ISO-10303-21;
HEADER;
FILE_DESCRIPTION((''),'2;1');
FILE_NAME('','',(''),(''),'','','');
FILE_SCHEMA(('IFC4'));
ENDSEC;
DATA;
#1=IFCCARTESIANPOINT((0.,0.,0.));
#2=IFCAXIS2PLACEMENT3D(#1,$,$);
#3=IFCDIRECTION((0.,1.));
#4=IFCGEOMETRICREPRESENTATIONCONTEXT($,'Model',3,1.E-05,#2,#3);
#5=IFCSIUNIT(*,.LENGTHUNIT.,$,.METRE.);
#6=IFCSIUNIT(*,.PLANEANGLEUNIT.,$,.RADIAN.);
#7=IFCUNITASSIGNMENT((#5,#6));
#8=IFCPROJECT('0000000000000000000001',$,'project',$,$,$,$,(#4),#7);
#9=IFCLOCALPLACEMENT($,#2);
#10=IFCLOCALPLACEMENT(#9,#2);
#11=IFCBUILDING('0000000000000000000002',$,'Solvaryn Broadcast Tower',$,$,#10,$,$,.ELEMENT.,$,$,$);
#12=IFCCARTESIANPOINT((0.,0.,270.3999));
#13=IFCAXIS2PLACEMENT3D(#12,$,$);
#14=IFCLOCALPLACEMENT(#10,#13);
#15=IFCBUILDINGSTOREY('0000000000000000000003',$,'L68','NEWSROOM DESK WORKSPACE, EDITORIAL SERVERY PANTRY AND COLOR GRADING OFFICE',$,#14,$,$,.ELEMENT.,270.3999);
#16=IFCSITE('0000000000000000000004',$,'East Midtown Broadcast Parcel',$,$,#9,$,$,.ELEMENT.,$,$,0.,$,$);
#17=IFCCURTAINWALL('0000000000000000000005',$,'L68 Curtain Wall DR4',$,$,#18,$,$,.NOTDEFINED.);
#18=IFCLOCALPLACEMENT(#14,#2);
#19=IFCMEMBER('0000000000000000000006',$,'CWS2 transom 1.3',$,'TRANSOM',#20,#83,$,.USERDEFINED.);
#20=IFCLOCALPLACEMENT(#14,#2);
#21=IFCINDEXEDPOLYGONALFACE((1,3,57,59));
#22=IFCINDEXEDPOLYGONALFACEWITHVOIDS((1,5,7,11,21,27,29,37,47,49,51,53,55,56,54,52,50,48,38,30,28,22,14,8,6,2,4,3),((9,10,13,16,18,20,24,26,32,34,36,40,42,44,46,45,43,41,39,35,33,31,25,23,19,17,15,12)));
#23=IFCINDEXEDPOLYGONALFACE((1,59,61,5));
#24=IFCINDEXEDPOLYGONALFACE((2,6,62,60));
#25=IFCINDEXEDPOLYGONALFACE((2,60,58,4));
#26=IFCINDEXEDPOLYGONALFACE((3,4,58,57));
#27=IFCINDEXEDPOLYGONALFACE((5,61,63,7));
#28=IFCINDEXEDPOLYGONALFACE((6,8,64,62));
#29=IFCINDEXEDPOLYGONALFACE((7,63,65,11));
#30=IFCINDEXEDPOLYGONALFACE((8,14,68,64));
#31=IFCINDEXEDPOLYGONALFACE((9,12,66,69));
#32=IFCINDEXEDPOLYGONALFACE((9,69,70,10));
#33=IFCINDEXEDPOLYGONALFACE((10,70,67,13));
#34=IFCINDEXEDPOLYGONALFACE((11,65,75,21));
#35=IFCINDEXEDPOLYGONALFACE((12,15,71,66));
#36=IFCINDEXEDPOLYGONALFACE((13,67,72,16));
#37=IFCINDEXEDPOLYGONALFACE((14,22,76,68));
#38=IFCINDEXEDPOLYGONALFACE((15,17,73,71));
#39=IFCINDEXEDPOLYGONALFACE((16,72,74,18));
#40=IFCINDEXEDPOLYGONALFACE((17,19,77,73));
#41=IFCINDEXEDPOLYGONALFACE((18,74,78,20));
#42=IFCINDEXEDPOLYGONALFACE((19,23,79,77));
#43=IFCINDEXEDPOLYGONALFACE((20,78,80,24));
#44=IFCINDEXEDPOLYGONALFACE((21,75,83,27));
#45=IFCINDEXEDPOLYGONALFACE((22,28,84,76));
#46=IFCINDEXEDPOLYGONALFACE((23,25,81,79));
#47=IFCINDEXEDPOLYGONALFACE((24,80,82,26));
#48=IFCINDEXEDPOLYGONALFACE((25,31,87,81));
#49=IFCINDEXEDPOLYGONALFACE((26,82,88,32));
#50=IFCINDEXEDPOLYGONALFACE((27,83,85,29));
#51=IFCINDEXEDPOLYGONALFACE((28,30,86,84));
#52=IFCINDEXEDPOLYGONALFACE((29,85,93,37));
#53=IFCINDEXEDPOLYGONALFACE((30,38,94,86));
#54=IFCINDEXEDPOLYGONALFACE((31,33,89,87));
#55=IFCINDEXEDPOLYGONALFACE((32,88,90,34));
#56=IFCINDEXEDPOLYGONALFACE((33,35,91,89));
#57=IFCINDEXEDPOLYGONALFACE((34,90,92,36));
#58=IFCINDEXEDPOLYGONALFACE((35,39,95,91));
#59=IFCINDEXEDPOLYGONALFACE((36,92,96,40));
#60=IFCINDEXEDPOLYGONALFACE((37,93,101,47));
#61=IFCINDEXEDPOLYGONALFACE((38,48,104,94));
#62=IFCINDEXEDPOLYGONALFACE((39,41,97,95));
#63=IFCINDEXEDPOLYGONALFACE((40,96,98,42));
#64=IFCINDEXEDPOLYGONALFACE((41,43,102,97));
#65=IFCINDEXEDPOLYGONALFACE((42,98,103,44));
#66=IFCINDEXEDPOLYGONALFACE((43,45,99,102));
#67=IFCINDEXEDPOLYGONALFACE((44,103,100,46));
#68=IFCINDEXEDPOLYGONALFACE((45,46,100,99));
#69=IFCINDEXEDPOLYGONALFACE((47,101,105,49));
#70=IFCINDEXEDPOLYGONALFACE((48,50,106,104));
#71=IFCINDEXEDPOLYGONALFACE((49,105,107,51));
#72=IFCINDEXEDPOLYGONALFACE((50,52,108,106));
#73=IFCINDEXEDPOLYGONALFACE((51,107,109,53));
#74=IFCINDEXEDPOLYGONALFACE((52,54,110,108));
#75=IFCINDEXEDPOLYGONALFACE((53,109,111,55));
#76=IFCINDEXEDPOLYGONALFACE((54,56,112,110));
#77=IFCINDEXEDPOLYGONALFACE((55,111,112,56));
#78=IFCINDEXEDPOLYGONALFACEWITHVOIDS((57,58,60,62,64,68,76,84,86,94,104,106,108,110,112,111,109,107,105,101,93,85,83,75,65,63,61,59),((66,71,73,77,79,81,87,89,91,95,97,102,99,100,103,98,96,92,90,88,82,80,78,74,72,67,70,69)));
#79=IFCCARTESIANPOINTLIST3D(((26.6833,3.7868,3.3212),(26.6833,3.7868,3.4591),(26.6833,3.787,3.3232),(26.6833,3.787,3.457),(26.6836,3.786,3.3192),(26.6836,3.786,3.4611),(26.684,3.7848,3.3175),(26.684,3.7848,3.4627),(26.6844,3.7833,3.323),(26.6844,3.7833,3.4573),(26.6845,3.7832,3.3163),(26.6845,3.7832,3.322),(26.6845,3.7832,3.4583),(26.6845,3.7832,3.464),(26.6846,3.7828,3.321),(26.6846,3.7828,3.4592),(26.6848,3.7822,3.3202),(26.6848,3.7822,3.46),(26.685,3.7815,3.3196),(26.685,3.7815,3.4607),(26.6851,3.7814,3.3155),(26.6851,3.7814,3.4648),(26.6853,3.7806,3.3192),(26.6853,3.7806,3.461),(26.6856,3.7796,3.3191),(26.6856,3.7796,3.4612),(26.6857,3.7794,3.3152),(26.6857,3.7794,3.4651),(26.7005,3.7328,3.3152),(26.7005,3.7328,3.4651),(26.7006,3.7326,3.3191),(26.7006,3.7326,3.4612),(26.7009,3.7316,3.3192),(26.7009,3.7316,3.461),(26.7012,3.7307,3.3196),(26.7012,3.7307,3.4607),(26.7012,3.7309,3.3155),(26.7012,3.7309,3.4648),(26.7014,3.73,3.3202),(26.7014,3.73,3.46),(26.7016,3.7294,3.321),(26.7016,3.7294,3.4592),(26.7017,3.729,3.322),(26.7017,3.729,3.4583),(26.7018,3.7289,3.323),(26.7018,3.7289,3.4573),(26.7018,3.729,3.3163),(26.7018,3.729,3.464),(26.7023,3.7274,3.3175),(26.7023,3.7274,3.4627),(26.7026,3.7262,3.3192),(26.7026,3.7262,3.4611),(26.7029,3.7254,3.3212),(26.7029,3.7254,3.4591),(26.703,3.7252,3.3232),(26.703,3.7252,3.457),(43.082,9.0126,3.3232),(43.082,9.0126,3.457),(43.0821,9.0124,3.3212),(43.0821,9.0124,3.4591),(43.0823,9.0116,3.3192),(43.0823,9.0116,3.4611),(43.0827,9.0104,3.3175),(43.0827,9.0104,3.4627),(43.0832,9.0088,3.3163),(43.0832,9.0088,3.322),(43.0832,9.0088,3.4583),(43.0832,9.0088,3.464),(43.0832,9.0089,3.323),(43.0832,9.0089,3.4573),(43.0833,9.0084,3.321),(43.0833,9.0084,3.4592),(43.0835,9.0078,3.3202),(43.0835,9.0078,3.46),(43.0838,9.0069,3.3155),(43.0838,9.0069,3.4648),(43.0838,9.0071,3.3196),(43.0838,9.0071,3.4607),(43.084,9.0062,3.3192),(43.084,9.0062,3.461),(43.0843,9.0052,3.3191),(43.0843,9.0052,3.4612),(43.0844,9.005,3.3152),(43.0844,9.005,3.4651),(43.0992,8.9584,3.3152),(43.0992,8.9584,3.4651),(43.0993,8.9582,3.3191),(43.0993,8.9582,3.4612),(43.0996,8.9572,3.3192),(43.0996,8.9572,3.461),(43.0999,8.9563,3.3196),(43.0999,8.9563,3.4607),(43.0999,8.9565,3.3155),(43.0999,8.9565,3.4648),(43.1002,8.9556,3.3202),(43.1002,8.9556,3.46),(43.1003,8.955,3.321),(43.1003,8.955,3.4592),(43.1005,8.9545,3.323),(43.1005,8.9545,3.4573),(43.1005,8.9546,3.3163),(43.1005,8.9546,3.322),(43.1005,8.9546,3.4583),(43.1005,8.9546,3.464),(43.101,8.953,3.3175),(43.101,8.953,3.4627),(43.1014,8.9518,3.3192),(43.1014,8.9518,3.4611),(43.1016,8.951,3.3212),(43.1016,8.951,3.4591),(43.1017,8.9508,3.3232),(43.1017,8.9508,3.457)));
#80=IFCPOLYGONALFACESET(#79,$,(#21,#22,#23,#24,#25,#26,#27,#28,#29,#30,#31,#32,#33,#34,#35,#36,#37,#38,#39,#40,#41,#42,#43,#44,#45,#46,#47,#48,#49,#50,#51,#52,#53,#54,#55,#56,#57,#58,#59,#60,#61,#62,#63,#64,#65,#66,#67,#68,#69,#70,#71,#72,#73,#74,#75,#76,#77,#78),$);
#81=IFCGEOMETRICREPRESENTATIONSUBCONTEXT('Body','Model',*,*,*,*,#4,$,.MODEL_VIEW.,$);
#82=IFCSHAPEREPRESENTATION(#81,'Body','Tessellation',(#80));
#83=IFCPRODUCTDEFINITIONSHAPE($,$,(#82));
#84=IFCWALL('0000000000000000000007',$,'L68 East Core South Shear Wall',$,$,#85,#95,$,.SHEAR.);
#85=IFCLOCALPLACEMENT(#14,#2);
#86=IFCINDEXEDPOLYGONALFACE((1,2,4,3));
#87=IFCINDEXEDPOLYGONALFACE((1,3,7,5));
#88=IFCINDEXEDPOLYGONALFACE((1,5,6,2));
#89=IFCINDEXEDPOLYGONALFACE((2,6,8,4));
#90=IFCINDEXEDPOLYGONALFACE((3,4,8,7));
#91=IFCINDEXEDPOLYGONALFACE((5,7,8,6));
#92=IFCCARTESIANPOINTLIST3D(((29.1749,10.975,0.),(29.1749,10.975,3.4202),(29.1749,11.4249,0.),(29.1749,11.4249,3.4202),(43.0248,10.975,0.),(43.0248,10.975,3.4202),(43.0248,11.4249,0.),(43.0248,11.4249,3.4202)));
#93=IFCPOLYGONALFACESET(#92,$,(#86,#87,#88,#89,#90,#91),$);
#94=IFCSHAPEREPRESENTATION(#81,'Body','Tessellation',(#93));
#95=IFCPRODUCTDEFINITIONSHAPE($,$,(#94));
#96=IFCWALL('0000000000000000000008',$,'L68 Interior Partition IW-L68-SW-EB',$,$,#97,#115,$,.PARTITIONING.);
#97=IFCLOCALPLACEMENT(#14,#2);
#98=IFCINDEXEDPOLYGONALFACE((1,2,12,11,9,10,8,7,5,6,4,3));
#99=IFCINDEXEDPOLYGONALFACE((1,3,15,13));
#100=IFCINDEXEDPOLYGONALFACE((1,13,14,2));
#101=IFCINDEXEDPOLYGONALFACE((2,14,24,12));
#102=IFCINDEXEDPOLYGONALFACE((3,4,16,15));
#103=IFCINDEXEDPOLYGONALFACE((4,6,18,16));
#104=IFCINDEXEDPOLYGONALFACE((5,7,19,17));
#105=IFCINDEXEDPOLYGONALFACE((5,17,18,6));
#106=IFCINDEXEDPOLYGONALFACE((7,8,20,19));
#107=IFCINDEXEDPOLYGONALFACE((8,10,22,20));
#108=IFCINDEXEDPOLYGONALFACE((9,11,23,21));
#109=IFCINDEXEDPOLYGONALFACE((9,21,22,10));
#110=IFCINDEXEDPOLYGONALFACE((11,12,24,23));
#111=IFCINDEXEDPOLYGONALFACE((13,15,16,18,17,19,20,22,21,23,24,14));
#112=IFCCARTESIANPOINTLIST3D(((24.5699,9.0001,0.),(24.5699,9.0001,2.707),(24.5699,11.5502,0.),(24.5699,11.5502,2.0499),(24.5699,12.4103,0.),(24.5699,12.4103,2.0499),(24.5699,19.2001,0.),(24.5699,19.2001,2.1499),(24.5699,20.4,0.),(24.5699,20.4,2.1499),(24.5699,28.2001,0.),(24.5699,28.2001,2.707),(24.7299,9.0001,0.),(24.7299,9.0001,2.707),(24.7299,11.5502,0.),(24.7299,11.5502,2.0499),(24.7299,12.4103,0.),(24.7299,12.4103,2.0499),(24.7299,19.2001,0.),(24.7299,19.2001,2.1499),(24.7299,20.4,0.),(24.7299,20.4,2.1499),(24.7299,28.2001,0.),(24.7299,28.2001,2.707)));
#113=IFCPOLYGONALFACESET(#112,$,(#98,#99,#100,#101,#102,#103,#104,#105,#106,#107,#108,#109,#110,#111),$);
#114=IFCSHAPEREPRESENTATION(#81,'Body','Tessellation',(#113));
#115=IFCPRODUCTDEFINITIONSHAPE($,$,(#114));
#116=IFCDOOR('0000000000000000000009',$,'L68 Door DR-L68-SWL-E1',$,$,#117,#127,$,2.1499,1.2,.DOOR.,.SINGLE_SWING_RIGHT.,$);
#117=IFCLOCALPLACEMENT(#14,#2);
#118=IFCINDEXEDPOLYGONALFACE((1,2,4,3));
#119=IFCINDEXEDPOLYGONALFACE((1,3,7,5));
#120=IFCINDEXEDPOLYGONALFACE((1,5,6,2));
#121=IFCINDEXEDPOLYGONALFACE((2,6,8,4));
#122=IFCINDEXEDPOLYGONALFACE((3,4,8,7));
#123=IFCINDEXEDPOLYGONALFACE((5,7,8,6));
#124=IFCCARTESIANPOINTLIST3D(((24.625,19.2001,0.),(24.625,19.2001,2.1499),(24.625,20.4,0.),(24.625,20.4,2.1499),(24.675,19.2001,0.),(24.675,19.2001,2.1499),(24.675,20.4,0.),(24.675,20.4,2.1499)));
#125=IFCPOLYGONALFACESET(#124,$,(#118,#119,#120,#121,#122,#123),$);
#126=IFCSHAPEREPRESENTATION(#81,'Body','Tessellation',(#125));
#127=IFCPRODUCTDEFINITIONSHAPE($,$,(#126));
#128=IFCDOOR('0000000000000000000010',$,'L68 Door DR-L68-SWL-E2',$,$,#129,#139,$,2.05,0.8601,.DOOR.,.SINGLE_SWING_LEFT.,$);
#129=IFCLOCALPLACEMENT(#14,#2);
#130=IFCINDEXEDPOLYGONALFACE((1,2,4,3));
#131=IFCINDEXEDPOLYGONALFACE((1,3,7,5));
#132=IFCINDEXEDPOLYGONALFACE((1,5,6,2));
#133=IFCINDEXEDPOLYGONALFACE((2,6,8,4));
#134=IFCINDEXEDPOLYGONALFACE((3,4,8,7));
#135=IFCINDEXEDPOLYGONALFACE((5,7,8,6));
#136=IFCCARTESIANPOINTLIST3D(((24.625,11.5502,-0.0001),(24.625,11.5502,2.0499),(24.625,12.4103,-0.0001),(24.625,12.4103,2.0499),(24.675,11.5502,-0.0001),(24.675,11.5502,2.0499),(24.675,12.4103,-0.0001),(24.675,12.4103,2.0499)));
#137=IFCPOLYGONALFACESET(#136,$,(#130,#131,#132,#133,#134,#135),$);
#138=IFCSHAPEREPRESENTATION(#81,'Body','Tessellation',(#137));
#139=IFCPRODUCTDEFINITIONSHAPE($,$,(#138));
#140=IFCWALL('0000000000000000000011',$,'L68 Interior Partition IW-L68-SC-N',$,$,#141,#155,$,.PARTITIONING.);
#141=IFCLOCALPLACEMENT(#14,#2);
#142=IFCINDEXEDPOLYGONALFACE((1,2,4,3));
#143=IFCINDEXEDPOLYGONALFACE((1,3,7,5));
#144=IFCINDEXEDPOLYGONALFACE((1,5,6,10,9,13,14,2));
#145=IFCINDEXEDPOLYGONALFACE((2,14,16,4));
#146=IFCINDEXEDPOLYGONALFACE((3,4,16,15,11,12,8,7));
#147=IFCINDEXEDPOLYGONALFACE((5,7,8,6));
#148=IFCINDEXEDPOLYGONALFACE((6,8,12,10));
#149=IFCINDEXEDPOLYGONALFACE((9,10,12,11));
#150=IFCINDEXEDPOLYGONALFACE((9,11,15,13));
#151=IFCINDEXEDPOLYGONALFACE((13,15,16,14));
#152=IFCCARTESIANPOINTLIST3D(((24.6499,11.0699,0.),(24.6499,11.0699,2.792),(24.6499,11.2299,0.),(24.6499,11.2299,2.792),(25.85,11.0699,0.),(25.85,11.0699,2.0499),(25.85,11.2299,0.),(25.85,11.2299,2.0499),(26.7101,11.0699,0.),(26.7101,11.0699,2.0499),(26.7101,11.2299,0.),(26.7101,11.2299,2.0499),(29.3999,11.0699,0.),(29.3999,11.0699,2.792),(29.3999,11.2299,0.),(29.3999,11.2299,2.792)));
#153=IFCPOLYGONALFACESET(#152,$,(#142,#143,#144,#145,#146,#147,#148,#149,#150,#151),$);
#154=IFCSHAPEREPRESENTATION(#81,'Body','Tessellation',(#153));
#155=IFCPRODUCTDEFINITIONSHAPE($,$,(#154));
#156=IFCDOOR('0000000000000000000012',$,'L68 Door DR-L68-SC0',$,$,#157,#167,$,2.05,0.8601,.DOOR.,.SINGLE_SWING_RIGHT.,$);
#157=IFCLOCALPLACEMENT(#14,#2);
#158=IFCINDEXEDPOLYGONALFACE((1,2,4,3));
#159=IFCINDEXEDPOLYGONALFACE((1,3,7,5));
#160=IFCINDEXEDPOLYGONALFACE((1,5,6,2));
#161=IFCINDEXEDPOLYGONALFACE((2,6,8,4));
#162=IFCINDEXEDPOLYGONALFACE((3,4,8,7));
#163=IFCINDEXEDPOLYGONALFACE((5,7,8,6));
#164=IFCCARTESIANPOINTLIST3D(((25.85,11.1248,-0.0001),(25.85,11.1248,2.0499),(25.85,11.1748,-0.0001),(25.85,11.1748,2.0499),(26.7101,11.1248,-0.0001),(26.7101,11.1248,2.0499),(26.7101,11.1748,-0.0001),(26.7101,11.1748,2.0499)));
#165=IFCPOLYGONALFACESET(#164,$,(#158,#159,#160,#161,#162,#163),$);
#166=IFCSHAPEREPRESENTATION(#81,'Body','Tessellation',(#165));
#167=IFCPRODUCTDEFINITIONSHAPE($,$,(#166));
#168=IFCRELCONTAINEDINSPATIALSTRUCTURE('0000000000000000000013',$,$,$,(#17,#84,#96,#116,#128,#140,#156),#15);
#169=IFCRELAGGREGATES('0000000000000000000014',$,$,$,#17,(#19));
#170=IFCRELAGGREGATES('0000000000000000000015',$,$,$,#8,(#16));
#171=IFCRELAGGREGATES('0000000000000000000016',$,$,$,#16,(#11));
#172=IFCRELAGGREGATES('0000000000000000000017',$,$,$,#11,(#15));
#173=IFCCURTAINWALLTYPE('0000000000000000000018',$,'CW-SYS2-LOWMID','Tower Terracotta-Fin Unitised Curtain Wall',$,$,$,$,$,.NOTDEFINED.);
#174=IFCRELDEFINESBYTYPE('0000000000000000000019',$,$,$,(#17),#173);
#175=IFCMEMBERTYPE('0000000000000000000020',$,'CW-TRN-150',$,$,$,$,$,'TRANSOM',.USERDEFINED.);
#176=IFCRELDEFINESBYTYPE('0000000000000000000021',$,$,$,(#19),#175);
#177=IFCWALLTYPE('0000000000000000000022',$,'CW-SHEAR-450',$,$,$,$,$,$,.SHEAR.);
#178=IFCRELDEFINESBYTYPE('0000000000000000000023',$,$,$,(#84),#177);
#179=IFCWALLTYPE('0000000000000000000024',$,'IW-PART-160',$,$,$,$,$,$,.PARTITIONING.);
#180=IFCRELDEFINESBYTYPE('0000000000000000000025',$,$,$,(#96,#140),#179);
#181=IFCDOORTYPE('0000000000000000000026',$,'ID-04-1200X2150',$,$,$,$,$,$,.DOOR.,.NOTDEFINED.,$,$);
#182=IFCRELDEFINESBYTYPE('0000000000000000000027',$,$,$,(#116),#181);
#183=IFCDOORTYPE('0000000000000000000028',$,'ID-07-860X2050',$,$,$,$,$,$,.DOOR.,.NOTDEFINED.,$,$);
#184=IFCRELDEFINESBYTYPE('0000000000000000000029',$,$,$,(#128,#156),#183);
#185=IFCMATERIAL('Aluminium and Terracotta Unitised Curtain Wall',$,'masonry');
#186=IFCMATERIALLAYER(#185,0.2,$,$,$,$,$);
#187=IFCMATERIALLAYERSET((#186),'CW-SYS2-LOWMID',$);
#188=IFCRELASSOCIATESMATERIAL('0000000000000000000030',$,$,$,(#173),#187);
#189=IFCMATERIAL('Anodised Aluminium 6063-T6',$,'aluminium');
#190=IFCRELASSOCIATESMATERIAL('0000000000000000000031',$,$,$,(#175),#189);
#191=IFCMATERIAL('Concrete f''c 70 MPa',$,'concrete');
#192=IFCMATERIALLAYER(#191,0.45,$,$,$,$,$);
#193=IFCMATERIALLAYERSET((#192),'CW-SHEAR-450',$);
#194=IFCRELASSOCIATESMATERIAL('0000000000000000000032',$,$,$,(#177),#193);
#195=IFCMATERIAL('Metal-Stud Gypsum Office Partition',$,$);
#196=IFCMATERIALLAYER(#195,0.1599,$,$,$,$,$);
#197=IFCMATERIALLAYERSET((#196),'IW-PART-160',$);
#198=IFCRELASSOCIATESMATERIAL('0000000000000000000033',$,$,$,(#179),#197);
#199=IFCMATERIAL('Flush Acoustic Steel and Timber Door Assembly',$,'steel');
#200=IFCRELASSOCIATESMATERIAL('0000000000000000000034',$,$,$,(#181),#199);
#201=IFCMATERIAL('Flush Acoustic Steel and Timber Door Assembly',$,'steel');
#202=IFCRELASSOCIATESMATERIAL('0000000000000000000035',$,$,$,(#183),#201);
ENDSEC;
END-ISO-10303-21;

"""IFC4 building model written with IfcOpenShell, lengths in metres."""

from ifc_helpers import new_model, si_unit, direction, frame, frame_2d, origin, origin_2d, place, context, subcontext, project, spatial, rectangle, hollow_rectangle, extrude, material, layer, layer_set, material_profile, profile_set, type_object, element, fill, aggregate, save


model = new_model("IFC4")

# Units and contexts
model_context = context("Model", 3, precision=1e-05, world=origin(), true_north=direction((0.0, 1.0)))
body_context = subcontext(model_context, "Body", "Model", "MODEL_VIEW")
ifc_project = project(units=[si_unit("LENGTHUNIT", "METRE"), si_unit("PLANEANGLEUNIT", "RADIAN")], contexts=[model_context])

# Site, building, storey
site_placement = place(None, origin())
site = spatial("IfcSite", under=ifc_project, at=site_placement, Name="East Midtown Broadcast Parcel", CompositionType="ELEMENT", RefElevation=0.0)
building_placement = place(site_placement, origin())
building = spatial("IfcBuilding", under=site, at=building_placement, Name="Solvaryn Broadcast Tower", CompositionType="ELEMENT")
storey_placement = place(building_placement, frame((0.0, 0.0, 270.3999)))
storey = spatial("IfcBuildingStorey", under=building, at=storey_placement, Name="L68", Description="NEWSROOM DESK WORKSPACE, EDITORIAL SERVERY PANTRY AND COLOR GRADING OFFICE", CompositionType="ELEMENT", Elevation=270.3999)

# Shared definitions
ifc_material_1 = material(Name="Aluminium and Terracotta Unitised Curtain Wall", Category="masonry")
ifc_layer_1 = layer(ifc_material_1, 0.2)
ifc_layer_set_1 = layer_set([ifc_layer_1], Name="CW-SYS2-LOWMID")
curtain_wall_type = type_object("IfcCurtainWallType", Name="CW-SYS2-LOWMID", Description="Tower Terracotta-Fin Unitised Curtain Wall", PredefinedType="NOTDEFINED", material=ifc_layer_set_1)

# Curtain wall, member
curtain_wall_1_placement = place(storey_placement, origin())
curtain_wall_1 = element("IfcCurtainWall", 1, at=curtain_wall_1_placement, inside=storey, type_object=curtain_wall_type, Name="L68 Curtain Wall DR4", PredefinedType="NOTDEFINED")
ifc_material_2 = material(Name="Anodised Aluminium 6063-T6", Category="aluminium")
ifc_material_profile_1 = material_profile(ifc_material_2, hollow_rectangle(XDim=0.0649, YDim=0.1499, WallThickness=0.0039, InnerFilletRadius=0.0039, OuterFilletRadius=0.0081, at=origin_2d()))
ifc_profile_set_1 = profile_set([ifc_material_profile_1], Name="Anodised Aluminium 6063-T6")
member_type_1 = type_object("IfcMemberType", Name="CW-TRN-150", ElementType="TRANSOM", PredefinedType="USERDEFINED", material=ifc_profile_set_1)
member_1_placement = place(storey_placement, frame((26.6931, 3.7561, 3.3901), z_axis=(0.952794, 0.303616, 0.0), x_axis=(-0.303616, 0.952794, 0.0)))
member_1 = element("IfcMember", 2, at=member_1_placement, type_object=member_type_1, Name="CWS2 transom 1.3", ObjectType="TRANSOM", PredefinedType="USERDEFINED", context=body_context, shape_type="SweptSolid", body=[
    extrude(hollow_rectangle(XDim=0.0649, YDim=0.1499, WallThickness=0.0039, InnerFilletRadius=0.0039, OuterFilletRadius=0.0081, at=origin_2d()), origin(), (0.0, 0.0, 1.0), 17.2112),
])
aggregate(curtain_wall_1, [member_1])

# Wall
ifc_material_3 = material(Name="Concrete f'c 70 MPa", Category="concrete")
ifc_layer_2 = layer(ifc_material_3, 0.45)
ifc_layer_set_2 = layer_set([ifc_layer_2], Name="CW-SHEAR-450")
wall_type_1 = type_object("IfcWallType", Name="CW-SHEAR-450", PredefinedType="SHEAR", material=ifc_layer_set_2)
wall_1_placement = place(storey_placement, frame((29.175, 11.2, 0.0), z_axis=(0.0, 0.0, 1.0), x_axis=(1.0, 0.0, 0.0)))
element("IfcWall", 3, at=wall_1_placement, inside=storey, type_object=wall_type_1, Name="L68 East Core South Shear Wall", PredefinedType="SHEAR", context=body_context, shape_type="SweptSolid", body=[
    extrude(rectangle(XDim=13.8499, YDim=0.45, at=frame_2d((6.9248, 0.0))), origin(), (0.0, 0.0, 1.0), 3.4202),
])

# Wall, openings, doors
ifc_material_4 = material(Name="Metal-Stud Gypsum Office Partition")
ifc_layer_3 = layer(ifc_material_4, 0.1599)
ifc_layer_set_3 = layer_set([ifc_layer_3], Name="IW-PART-160")
wall_type_2 = type_object("IfcWallType", Name="IW-PART-160", PredefinedType="PARTITIONING", material=ifc_layer_set_3)
wall_2_placement = place(storey_placement, frame((24.6499, 9.0, 0.0), z_axis=(0.0, 0.0, 1.0), x_axis=(0.0, 1.0, 0.0)))
wall_2 = element("IfcWall", 4, at=wall_2_placement, inside=storey, type_object=wall_type_2, Name="L68 Interior Partition IW-L68-SW-EB", PredefinedType="PARTITIONING", context=body_context, shape_type="SweptSolid", body=[
    extrude(rectangle(XDim=19.2, YDim=0.1599, at=frame_2d((9.6001, 0.0))), origin(), (0.0, 0.0, 1.0), 2.707),
])
opening_1_placement = place(wall_2_placement, frame((10.2, 0.0, 0.0)))
opening_1 = element("IfcOpeningElement", 5, at=opening_1_placement, cuts=wall_2, PredefinedType="OPENING", context=body_context, shape_type="SweptSolid", body=[
    extrude(rectangle(XDim=1.2, YDim=2.1499, at=frame_2d((0.6001, 1.075))), frame((0.0, 0.0901, 0.0), z_axis=(0.0, -1.0, 0.0), x_axis=(1.0, 0.0, 0.0)), (0.0, 0.0, 1.0), 0.1799),
])
opening_2_placement = place(wall_2_placement, frame((2.55, 0.0, 0.0)))
opening_2 = element("IfcOpeningElement", 6, at=opening_2_placement, cuts=wall_2, PredefinedType="OPENING", context=body_context, shape_type="SweptSolid", body=[
    extrude(rectangle(XDim=0.8601, YDim=2.05, at=frame_2d((0.4302, 1.0249))), frame((0.0, 0.0901, 0.0), z_axis=(0.0, -1.0, 0.0), x_axis=(1.0, 0.0, 0.0)), (0.0, 0.0, 1.0), 0.1799),
])
ifc_material_5 = material(Name="Flush Acoustic Steel and Timber Door Assembly", Category="steel")
door_type_1 = type_object("IfcDoorType", Name="ID-04-1200X2150", OperationType="NOTDEFINED", PredefinedType="DOOR", material=ifc_material_5)
door_1_placement = place(opening_1_placement, origin())
door_1 = element("IfcDoor", 7, at=door_1_placement, inside=storey, type_object=door_type_1, Name="L68 Door DR-L68-SWL-E1", OperationType="SINGLE_SWING_RIGHT", OverallHeight=2.1499, OverallWidth=1.2, PredefinedType="DOOR", context=body_context, shape_type="SweptSolid", body=[
    extrude(rectangle(XDim=1.2, YDim=2.1499, at=frame_2d((0.6001, 1.075))), frame((0.0, 0.0249, 0.0), z_axis=(0.0, -1.0, 0.0), x_axis=(1.0, 0.0, 0.0)), (0.0, 0.0, 1.0), 0.05),
])
fill(opening_1, door_1)
ifc_material_6 = material(Name="Flush Acoustic Steel and Timber Door Assembly", Category="steel")
door_type_2 = type_object("IfcDoorType", Name="ID-07-860X2050", OperationType="NOTDEFINED", PredefinedType="DOOR", material=ifc_material_6)
door_2_placement = place(opening_2_placement, origin())
door_2 = element("IfcDoor", 8, at=door_2_placement, inside=storey, type_object=door_type_2, Name="L68 Door DR-L68-SWL-E2", OperationType="SINGLE_SWING_LEFT", OverallHeight=2.05, OverallWidth=0.8601, PredefinedType="DOOR", context=body_context, shape_type="SweptSolid", body=[
    extrude(rectangle(XDim=0.8601, YDim=2.05, at=frame_2d((0.4302, 1.0249))), frame((0.0, 0.0249, 0.0), z_axis=(0.0, -1.0, 0.0), x_axis=(1.0, 0.0, 0.0)), (0.0, 0.0, 1.0), 0.05),
])
fill(opening_2, door_2)

# Wall, opening, door
wall_3_placement = place(storey_placement, frame((24.6499, 11.1499, 0.0), z_axis=(0.0, 0.0, 1.0), x_axis=(1.0, 0.0, 0.0)))
wall_3 = element("IfcWall", 9, at=wall_3_placement, inside=storey, type_object=wall_type_2, Name="L68 Interior Partition IW-L68-SC-N", PredefinedType="PARTITIONING", context=body_context, shape_type="SweptSolid", body=[
    extrude(rectangle(XDim=4.75, YDim=0.1599, at=frame_2d((2.375, 0.0))), origin(), (0.0, 0.0, 1.0), 2.792),
])
opening_3_placement = place(wall_3_placement, frame((1.2, 0.0, 0.0)))
opening_3 = element("IfcOpeningElement", 10, at=opening_3_placement, cuts=wall_3, PredefinedType="OPENING", context=body_context, shape_type="SweptSolid", body=[
    extrude(rectangle(XDim=0.8601, YDim=2.05, at=frame_2d((0.4302, 1.0249))), frame((0.0, 0.0901, 0.0), z_axis=(0.0, -1.0, 0.0), x_axis=(1.0, 0.0, 0.0)), (0.0, 0.0, 1.0), 0.1799),
])
door_3_placement = place(opening_3_placement, origin())
door_3 = element("IfcDoor", 11, at=door_3_placement, inside=storey, type_object=door_type_2, Name="L68 Door DR-L68-SC0", OperationType="SINGLE_SWING_RIGHT", OverallHeight=2.05, OverallWidth=0.8601, PredefinedType="DOOR", context=body_context, shape_type="SweptSolid", body=[
    extrude(rectangle(XDim=0.8601, YDim=2.05, at=frame_2d((0.4302, 1.0249))), frame((0.0, 0.0249, 0.0), z_axis=(0.0, -1.0, 0.0), x_axis=(1.0, 0.0, 0.0)), (0.0, 0.0, 1.0), 0.05),
])
fill(opening_3, door_3)

save(model, "model.ifc")
